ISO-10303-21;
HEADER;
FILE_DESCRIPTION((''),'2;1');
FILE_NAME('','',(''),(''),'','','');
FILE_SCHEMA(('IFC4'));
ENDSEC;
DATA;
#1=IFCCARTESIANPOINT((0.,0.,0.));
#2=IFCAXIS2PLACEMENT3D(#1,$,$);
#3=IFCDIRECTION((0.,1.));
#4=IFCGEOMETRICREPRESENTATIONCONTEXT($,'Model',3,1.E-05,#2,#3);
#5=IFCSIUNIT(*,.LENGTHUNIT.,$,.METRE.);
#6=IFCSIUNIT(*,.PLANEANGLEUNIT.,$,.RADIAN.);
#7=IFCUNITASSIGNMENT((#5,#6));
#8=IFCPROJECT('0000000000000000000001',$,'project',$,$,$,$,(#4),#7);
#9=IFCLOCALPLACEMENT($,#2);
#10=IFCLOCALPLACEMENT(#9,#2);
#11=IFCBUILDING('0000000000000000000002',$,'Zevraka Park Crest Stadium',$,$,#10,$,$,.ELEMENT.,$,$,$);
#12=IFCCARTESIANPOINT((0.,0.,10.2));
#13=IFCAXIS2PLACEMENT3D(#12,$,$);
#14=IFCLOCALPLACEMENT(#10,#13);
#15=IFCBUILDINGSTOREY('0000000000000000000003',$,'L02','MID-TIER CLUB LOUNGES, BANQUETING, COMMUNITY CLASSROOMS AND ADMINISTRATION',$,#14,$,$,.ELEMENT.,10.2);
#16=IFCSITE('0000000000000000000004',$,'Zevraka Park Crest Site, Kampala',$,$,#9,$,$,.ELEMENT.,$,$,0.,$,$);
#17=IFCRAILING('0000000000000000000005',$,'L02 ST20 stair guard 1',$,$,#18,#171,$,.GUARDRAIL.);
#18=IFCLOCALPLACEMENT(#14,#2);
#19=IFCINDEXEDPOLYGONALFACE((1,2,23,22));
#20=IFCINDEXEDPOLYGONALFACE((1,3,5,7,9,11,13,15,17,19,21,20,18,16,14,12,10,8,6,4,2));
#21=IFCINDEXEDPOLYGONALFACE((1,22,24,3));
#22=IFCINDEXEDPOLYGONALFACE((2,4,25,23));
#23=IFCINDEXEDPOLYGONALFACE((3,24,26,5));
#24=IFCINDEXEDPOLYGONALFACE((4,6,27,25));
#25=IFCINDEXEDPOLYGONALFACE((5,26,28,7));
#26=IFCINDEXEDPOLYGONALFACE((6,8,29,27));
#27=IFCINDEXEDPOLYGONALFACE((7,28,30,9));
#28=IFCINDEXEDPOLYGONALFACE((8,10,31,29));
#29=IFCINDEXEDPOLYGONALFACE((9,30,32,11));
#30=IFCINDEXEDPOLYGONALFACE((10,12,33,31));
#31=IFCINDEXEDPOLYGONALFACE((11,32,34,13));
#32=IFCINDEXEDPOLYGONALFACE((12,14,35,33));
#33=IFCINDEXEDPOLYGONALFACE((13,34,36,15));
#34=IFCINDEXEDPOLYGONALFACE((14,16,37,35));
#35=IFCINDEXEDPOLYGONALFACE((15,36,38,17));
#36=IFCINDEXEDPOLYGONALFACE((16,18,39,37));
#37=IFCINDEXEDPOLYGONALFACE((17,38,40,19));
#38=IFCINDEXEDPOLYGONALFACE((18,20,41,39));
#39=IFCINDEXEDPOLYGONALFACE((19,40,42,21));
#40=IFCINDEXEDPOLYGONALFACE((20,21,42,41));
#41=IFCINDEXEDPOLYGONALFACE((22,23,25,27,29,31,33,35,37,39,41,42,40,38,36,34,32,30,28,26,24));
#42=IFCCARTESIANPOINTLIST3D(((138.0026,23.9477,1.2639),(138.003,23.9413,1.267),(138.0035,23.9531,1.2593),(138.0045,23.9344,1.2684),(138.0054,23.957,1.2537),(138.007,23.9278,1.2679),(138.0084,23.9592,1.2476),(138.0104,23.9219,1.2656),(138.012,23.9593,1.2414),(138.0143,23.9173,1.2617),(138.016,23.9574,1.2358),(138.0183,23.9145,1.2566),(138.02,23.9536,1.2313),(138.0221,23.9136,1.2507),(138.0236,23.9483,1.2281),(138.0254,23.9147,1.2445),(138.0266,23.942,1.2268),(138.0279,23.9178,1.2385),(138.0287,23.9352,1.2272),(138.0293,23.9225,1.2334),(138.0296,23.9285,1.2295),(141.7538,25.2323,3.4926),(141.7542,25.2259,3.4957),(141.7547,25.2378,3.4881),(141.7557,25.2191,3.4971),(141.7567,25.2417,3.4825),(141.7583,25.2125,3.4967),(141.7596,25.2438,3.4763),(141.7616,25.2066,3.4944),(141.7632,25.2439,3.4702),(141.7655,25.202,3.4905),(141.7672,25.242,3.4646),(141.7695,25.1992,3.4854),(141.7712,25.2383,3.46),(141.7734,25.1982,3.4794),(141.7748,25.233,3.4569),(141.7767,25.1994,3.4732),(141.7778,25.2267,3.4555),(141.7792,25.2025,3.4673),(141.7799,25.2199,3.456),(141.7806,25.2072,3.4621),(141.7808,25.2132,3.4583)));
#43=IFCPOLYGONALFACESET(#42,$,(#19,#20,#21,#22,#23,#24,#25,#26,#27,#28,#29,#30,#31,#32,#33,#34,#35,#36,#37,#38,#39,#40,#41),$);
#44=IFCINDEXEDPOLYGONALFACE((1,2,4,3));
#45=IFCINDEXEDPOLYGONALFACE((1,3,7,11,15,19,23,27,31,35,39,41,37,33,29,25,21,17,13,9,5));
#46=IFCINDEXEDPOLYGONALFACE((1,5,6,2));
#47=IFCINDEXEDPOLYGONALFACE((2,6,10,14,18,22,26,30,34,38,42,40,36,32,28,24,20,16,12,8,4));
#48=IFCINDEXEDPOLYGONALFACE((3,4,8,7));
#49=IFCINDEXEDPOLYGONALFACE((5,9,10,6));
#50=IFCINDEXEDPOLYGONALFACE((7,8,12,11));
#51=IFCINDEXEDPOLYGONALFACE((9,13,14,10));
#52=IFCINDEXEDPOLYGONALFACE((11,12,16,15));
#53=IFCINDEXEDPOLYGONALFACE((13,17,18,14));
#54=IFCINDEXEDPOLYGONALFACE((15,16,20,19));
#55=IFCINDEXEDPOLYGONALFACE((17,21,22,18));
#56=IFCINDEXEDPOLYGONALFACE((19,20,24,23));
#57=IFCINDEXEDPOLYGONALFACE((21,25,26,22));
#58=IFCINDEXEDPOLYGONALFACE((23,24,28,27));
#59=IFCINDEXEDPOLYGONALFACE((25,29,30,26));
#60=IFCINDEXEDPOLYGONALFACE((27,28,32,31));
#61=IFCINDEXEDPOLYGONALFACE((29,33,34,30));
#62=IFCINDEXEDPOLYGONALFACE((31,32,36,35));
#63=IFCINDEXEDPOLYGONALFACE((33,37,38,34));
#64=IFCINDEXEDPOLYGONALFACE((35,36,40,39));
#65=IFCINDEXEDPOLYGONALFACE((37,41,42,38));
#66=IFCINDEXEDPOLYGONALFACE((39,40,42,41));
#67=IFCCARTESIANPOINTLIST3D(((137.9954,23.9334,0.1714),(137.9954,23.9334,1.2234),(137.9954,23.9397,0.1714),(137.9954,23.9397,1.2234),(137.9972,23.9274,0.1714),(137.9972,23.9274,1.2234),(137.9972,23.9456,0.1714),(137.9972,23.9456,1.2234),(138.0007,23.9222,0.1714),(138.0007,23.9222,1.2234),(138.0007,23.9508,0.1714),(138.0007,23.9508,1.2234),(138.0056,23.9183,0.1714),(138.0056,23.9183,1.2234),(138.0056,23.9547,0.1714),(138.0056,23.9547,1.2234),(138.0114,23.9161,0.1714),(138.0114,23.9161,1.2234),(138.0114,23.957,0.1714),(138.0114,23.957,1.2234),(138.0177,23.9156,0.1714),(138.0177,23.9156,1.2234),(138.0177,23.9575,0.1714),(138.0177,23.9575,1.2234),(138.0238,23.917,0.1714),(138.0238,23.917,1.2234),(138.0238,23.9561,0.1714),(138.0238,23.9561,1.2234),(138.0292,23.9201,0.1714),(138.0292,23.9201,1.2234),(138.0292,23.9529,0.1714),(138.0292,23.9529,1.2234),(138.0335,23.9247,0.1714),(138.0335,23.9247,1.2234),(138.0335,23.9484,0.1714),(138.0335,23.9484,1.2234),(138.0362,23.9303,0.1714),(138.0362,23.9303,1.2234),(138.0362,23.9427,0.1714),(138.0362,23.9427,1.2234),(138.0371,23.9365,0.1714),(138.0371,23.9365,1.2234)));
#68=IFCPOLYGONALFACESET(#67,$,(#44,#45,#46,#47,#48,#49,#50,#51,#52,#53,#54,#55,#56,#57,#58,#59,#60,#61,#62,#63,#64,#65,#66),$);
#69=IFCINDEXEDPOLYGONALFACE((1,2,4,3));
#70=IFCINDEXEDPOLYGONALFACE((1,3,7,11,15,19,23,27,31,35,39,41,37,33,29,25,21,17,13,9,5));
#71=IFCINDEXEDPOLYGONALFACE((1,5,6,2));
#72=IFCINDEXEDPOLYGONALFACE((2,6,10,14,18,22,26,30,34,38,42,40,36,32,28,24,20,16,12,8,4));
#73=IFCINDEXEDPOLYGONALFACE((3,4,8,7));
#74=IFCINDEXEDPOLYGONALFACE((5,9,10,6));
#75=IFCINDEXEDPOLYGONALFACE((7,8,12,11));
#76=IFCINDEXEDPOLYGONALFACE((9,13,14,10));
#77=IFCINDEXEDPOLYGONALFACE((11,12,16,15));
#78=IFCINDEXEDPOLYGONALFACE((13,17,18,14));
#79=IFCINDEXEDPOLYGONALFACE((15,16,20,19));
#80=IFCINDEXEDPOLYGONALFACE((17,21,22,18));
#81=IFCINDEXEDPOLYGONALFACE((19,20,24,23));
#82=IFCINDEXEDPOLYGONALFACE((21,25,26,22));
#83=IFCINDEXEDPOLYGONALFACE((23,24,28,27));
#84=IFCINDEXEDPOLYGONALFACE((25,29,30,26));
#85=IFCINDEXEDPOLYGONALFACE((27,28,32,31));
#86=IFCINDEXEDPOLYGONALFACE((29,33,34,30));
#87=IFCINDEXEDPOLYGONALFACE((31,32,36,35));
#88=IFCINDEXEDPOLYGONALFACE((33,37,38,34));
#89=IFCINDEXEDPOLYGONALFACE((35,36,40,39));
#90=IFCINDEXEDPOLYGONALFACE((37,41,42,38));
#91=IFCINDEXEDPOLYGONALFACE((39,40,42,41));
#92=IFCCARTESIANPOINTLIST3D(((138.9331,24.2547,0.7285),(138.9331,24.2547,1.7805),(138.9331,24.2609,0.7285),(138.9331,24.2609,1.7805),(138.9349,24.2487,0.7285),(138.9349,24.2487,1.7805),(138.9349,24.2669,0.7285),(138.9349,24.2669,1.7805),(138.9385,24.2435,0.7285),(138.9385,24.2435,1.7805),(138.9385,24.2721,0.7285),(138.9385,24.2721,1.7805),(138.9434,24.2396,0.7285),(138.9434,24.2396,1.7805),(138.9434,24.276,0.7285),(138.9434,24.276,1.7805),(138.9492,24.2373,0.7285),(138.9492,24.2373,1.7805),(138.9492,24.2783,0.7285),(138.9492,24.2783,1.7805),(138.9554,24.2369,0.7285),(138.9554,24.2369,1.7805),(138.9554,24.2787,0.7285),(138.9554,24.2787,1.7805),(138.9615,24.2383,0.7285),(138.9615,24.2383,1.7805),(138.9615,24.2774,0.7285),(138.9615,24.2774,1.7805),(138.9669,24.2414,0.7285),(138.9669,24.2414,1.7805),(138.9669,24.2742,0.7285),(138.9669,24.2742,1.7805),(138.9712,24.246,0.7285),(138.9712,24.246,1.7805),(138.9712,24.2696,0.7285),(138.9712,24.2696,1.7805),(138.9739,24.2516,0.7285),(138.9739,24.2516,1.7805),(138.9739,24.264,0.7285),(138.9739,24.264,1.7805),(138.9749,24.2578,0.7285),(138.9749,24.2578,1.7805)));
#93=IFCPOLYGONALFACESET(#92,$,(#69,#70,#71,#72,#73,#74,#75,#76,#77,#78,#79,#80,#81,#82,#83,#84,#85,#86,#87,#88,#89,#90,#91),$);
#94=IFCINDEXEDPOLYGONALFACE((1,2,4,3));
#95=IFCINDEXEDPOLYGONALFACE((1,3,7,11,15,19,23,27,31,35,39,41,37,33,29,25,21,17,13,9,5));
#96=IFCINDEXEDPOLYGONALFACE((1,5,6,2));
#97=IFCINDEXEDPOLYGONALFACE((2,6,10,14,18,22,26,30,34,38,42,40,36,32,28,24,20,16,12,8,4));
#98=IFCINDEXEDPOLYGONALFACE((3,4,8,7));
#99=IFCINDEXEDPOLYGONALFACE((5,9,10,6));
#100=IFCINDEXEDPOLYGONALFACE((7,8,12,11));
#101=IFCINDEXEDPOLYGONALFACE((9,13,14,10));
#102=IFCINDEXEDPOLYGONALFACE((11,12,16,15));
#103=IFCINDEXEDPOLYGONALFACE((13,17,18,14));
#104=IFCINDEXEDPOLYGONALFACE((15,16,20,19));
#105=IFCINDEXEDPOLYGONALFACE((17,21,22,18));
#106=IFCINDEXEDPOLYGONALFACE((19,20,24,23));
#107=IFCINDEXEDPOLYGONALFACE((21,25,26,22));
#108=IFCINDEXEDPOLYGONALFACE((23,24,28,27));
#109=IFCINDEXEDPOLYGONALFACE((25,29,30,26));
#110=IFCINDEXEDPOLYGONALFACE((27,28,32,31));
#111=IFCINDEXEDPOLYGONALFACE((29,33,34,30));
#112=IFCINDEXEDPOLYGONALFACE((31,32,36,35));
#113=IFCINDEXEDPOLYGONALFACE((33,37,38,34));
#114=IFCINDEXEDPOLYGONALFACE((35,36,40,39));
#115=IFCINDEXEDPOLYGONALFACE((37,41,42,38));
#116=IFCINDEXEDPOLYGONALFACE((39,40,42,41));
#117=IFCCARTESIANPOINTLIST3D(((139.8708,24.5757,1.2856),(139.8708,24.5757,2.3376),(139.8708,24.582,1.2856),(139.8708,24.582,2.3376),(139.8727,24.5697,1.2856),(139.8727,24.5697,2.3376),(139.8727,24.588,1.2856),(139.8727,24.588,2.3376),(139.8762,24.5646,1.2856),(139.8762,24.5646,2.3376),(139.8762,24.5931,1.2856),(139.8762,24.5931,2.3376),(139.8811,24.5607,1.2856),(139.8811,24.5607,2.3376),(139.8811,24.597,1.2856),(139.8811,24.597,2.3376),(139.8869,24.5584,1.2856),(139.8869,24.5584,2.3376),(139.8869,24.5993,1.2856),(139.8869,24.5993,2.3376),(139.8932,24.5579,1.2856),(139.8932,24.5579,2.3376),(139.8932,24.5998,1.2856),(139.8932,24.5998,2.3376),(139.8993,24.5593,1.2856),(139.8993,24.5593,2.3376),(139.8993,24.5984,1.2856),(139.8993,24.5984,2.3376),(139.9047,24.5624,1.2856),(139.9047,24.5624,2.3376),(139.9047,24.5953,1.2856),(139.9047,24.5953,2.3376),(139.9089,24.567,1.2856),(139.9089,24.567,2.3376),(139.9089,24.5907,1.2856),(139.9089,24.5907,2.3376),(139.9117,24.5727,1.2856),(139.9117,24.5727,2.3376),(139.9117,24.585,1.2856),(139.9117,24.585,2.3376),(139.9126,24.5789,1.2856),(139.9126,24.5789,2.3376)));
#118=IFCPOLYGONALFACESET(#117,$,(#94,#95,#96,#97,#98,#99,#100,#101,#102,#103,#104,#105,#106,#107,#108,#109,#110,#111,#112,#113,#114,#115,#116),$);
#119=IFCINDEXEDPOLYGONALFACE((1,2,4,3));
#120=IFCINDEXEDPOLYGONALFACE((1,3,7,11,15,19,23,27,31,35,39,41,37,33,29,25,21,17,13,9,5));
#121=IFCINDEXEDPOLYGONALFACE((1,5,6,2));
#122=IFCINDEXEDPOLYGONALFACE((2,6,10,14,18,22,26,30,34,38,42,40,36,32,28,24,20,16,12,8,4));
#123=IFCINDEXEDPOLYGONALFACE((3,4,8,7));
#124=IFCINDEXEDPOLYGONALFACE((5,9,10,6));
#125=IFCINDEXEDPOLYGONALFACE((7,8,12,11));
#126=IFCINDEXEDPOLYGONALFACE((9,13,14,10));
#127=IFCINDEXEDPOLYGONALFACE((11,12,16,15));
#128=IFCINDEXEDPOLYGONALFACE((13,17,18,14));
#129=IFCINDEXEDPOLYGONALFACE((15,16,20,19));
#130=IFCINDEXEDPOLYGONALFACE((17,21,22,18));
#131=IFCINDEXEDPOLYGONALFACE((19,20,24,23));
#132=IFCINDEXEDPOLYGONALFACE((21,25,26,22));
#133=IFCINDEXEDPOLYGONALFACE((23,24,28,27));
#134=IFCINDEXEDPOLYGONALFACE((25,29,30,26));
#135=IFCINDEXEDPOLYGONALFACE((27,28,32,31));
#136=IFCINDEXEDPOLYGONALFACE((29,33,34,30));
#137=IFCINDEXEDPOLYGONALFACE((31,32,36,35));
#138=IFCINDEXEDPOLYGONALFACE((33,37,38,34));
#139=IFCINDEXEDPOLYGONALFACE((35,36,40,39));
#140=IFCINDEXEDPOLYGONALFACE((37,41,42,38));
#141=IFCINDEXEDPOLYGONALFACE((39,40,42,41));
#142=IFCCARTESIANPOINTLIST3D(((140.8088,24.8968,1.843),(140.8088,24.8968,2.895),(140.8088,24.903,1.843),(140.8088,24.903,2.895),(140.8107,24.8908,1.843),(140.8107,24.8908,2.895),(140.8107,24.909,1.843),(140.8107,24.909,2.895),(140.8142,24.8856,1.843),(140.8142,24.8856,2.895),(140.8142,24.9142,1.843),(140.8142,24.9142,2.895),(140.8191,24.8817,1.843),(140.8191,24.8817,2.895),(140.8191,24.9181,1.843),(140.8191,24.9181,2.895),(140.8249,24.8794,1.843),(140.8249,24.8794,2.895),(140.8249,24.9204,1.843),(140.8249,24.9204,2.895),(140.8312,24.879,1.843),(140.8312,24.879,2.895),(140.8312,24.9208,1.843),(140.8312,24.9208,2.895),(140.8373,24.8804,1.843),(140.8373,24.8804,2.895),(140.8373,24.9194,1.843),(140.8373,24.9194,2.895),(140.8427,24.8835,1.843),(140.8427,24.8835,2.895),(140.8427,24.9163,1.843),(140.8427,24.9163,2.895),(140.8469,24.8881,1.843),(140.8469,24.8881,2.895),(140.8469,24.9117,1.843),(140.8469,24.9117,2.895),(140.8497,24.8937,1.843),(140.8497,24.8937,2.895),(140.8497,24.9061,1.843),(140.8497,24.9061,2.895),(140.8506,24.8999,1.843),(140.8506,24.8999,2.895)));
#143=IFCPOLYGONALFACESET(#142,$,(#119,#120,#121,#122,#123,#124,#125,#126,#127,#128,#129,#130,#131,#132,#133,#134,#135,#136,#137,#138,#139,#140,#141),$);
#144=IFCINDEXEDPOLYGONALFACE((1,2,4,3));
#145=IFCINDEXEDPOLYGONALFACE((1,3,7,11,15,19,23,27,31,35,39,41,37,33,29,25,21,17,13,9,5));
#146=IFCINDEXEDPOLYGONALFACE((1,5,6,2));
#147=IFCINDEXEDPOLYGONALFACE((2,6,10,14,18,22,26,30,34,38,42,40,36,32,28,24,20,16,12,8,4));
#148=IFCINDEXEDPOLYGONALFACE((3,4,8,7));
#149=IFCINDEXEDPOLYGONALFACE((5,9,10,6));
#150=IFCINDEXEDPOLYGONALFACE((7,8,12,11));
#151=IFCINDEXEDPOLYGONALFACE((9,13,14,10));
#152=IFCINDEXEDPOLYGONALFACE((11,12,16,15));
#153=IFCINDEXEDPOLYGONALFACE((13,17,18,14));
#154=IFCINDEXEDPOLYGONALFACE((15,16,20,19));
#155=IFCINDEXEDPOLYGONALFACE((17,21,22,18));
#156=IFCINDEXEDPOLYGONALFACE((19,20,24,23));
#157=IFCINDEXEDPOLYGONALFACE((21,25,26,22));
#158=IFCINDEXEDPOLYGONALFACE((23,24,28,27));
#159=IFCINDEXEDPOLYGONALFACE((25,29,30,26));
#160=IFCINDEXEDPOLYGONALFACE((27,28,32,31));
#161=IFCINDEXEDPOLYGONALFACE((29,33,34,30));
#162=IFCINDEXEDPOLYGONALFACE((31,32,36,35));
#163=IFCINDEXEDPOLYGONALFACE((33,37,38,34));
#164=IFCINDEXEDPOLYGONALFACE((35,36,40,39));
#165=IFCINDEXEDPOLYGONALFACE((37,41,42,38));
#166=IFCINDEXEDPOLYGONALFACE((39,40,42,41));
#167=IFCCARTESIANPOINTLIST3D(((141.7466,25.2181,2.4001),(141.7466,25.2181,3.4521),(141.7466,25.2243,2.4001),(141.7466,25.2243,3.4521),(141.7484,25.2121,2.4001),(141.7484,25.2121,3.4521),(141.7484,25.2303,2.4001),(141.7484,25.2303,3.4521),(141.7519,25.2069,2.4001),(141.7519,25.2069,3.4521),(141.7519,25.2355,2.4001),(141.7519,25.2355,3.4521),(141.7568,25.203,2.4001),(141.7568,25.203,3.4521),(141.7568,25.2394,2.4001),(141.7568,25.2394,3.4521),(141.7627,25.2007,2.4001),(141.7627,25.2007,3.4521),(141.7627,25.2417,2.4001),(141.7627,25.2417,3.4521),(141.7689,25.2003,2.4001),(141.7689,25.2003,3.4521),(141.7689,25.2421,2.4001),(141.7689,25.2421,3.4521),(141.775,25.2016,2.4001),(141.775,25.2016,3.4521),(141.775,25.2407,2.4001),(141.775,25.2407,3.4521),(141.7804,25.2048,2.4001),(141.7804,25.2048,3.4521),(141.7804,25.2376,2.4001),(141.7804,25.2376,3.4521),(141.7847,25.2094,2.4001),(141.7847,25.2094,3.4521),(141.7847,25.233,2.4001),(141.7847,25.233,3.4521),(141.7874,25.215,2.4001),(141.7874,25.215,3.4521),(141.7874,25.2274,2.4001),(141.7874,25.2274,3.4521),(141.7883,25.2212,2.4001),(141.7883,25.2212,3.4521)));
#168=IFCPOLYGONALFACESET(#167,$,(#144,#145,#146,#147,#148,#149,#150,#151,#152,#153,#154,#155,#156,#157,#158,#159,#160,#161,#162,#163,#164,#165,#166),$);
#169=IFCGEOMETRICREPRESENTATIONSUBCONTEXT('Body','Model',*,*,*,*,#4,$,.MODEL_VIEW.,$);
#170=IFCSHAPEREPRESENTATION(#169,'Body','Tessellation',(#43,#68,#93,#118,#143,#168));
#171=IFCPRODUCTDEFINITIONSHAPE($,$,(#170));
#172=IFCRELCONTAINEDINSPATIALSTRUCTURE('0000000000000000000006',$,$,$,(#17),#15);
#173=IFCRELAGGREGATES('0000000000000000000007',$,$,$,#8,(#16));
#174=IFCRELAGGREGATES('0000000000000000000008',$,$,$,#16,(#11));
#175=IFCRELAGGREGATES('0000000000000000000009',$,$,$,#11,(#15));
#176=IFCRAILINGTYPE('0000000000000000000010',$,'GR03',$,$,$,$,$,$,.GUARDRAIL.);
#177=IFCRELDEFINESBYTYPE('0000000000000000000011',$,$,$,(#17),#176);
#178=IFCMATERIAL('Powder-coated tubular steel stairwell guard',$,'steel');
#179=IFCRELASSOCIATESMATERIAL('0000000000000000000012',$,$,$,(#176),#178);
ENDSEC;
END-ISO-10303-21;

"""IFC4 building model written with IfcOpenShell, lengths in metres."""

from ifc_helpers import new_model, si_unit, direction, frame, origin, origin_2d, place, context, subcontext, project, spatial, circle, extrude, material, type_object, element, save


model = new_model("IFC4")

# Units and contexts
model_context = context("Model", 3, precision=1e-05, world=origin(), true_north=direction((0.0, 1.0)))
body_context = subcontext(model_context, "Body", "Model", "MODEL_VIEW")
ifc_project = project(units=[si_unit("LENGTHUNIT", "METRE"), si_unit("PLANEANGLEUNIT", "RADIAN")], contexts=[model_context])

# Site, building, storey
site_placement = place(None, origin())
site = spatial("IfcSite", under=ifc_project, at=site_placement, Name="Zevraka Park Crest Site, Kampala", CompositionType="ELEMENT", RefElevation=0.0)
building_placement = place(site_placement, origin())
building = spatial("IfcBuilding", under=site, at=building_placement, Name="Zevraka Park Crest Stadium", CompositionType="ELEMENT")
storey_placement = place(building_placement, frame((0.0, 0.0, 10.2)))
storey = spatial("IfcBuildingStorey", under=building, at=storey_placement, Name="L02", Description="MID-TIER CLUB LOUNGES, BANQUETING, COMMUNITY CLASSROOMS AND ADMINISTRATION", CompositionType="ELEMENT", Elevation=10.2)

# Railing
ifc_material_1 = material(Name="Powder-coated tubular steel stairwell guard", Category="steel")
railing_type_1 = type_object("IfcRailingType", Name="GR03", PredefinedType="GUARDRAIL", material=ifc_material_1)
railing_1_placement = place(storey_placement, frame((138.0161, 23.9365, 0.1714)))
element("IfcRailing", 1, at=railing_1_placement, inside=storey, type_object=railing_type_1, Name="L02 ST20 stair guard 1", PredefinedType="GUARDRAIL", context=body_context, shape_type="SweptSolid", body=[
    extrude(circle(Radius=0.0239, at=origin_2d()), frame((0.0, 0.0, 1.0762), z_axis=(0.824705, 0.282434, 0.489992), x_axis=(-0.323994, 0.946059, 0.0)), (0.0, 0.0, 1.0), 4.5486),
    extrude(circle(Radius=0.021, at=origin_2d()), origin(), (0.0, 0.0, 1.0), 1.052),
    extrude(circle(Radius=0.021, at=origin_2d()), frame((0.9377, 0.3213, 0.5571)), (0.0, 0.0, 1.0), 1.052),
    extrude(circle(Radius=0.021, at=origin_2d()), frame((1.8755, 0.6423, 1.1143)), (0.0, 0.0, 1.0), 1.052),
    extrude(circle(Radius=0.021, at=origin_2d()), frame((2.8135, 0.9634, 1.6716)), (0.0, 0.0, 1.0), 1.052),
    extrude(circle(Radius=0.021, at=origin_2d()), frame((3.7512, 1.2847, 2.2288)), (0.0, 0.0, 1.0), 1.052),
])

save(model, "model.ifc")
